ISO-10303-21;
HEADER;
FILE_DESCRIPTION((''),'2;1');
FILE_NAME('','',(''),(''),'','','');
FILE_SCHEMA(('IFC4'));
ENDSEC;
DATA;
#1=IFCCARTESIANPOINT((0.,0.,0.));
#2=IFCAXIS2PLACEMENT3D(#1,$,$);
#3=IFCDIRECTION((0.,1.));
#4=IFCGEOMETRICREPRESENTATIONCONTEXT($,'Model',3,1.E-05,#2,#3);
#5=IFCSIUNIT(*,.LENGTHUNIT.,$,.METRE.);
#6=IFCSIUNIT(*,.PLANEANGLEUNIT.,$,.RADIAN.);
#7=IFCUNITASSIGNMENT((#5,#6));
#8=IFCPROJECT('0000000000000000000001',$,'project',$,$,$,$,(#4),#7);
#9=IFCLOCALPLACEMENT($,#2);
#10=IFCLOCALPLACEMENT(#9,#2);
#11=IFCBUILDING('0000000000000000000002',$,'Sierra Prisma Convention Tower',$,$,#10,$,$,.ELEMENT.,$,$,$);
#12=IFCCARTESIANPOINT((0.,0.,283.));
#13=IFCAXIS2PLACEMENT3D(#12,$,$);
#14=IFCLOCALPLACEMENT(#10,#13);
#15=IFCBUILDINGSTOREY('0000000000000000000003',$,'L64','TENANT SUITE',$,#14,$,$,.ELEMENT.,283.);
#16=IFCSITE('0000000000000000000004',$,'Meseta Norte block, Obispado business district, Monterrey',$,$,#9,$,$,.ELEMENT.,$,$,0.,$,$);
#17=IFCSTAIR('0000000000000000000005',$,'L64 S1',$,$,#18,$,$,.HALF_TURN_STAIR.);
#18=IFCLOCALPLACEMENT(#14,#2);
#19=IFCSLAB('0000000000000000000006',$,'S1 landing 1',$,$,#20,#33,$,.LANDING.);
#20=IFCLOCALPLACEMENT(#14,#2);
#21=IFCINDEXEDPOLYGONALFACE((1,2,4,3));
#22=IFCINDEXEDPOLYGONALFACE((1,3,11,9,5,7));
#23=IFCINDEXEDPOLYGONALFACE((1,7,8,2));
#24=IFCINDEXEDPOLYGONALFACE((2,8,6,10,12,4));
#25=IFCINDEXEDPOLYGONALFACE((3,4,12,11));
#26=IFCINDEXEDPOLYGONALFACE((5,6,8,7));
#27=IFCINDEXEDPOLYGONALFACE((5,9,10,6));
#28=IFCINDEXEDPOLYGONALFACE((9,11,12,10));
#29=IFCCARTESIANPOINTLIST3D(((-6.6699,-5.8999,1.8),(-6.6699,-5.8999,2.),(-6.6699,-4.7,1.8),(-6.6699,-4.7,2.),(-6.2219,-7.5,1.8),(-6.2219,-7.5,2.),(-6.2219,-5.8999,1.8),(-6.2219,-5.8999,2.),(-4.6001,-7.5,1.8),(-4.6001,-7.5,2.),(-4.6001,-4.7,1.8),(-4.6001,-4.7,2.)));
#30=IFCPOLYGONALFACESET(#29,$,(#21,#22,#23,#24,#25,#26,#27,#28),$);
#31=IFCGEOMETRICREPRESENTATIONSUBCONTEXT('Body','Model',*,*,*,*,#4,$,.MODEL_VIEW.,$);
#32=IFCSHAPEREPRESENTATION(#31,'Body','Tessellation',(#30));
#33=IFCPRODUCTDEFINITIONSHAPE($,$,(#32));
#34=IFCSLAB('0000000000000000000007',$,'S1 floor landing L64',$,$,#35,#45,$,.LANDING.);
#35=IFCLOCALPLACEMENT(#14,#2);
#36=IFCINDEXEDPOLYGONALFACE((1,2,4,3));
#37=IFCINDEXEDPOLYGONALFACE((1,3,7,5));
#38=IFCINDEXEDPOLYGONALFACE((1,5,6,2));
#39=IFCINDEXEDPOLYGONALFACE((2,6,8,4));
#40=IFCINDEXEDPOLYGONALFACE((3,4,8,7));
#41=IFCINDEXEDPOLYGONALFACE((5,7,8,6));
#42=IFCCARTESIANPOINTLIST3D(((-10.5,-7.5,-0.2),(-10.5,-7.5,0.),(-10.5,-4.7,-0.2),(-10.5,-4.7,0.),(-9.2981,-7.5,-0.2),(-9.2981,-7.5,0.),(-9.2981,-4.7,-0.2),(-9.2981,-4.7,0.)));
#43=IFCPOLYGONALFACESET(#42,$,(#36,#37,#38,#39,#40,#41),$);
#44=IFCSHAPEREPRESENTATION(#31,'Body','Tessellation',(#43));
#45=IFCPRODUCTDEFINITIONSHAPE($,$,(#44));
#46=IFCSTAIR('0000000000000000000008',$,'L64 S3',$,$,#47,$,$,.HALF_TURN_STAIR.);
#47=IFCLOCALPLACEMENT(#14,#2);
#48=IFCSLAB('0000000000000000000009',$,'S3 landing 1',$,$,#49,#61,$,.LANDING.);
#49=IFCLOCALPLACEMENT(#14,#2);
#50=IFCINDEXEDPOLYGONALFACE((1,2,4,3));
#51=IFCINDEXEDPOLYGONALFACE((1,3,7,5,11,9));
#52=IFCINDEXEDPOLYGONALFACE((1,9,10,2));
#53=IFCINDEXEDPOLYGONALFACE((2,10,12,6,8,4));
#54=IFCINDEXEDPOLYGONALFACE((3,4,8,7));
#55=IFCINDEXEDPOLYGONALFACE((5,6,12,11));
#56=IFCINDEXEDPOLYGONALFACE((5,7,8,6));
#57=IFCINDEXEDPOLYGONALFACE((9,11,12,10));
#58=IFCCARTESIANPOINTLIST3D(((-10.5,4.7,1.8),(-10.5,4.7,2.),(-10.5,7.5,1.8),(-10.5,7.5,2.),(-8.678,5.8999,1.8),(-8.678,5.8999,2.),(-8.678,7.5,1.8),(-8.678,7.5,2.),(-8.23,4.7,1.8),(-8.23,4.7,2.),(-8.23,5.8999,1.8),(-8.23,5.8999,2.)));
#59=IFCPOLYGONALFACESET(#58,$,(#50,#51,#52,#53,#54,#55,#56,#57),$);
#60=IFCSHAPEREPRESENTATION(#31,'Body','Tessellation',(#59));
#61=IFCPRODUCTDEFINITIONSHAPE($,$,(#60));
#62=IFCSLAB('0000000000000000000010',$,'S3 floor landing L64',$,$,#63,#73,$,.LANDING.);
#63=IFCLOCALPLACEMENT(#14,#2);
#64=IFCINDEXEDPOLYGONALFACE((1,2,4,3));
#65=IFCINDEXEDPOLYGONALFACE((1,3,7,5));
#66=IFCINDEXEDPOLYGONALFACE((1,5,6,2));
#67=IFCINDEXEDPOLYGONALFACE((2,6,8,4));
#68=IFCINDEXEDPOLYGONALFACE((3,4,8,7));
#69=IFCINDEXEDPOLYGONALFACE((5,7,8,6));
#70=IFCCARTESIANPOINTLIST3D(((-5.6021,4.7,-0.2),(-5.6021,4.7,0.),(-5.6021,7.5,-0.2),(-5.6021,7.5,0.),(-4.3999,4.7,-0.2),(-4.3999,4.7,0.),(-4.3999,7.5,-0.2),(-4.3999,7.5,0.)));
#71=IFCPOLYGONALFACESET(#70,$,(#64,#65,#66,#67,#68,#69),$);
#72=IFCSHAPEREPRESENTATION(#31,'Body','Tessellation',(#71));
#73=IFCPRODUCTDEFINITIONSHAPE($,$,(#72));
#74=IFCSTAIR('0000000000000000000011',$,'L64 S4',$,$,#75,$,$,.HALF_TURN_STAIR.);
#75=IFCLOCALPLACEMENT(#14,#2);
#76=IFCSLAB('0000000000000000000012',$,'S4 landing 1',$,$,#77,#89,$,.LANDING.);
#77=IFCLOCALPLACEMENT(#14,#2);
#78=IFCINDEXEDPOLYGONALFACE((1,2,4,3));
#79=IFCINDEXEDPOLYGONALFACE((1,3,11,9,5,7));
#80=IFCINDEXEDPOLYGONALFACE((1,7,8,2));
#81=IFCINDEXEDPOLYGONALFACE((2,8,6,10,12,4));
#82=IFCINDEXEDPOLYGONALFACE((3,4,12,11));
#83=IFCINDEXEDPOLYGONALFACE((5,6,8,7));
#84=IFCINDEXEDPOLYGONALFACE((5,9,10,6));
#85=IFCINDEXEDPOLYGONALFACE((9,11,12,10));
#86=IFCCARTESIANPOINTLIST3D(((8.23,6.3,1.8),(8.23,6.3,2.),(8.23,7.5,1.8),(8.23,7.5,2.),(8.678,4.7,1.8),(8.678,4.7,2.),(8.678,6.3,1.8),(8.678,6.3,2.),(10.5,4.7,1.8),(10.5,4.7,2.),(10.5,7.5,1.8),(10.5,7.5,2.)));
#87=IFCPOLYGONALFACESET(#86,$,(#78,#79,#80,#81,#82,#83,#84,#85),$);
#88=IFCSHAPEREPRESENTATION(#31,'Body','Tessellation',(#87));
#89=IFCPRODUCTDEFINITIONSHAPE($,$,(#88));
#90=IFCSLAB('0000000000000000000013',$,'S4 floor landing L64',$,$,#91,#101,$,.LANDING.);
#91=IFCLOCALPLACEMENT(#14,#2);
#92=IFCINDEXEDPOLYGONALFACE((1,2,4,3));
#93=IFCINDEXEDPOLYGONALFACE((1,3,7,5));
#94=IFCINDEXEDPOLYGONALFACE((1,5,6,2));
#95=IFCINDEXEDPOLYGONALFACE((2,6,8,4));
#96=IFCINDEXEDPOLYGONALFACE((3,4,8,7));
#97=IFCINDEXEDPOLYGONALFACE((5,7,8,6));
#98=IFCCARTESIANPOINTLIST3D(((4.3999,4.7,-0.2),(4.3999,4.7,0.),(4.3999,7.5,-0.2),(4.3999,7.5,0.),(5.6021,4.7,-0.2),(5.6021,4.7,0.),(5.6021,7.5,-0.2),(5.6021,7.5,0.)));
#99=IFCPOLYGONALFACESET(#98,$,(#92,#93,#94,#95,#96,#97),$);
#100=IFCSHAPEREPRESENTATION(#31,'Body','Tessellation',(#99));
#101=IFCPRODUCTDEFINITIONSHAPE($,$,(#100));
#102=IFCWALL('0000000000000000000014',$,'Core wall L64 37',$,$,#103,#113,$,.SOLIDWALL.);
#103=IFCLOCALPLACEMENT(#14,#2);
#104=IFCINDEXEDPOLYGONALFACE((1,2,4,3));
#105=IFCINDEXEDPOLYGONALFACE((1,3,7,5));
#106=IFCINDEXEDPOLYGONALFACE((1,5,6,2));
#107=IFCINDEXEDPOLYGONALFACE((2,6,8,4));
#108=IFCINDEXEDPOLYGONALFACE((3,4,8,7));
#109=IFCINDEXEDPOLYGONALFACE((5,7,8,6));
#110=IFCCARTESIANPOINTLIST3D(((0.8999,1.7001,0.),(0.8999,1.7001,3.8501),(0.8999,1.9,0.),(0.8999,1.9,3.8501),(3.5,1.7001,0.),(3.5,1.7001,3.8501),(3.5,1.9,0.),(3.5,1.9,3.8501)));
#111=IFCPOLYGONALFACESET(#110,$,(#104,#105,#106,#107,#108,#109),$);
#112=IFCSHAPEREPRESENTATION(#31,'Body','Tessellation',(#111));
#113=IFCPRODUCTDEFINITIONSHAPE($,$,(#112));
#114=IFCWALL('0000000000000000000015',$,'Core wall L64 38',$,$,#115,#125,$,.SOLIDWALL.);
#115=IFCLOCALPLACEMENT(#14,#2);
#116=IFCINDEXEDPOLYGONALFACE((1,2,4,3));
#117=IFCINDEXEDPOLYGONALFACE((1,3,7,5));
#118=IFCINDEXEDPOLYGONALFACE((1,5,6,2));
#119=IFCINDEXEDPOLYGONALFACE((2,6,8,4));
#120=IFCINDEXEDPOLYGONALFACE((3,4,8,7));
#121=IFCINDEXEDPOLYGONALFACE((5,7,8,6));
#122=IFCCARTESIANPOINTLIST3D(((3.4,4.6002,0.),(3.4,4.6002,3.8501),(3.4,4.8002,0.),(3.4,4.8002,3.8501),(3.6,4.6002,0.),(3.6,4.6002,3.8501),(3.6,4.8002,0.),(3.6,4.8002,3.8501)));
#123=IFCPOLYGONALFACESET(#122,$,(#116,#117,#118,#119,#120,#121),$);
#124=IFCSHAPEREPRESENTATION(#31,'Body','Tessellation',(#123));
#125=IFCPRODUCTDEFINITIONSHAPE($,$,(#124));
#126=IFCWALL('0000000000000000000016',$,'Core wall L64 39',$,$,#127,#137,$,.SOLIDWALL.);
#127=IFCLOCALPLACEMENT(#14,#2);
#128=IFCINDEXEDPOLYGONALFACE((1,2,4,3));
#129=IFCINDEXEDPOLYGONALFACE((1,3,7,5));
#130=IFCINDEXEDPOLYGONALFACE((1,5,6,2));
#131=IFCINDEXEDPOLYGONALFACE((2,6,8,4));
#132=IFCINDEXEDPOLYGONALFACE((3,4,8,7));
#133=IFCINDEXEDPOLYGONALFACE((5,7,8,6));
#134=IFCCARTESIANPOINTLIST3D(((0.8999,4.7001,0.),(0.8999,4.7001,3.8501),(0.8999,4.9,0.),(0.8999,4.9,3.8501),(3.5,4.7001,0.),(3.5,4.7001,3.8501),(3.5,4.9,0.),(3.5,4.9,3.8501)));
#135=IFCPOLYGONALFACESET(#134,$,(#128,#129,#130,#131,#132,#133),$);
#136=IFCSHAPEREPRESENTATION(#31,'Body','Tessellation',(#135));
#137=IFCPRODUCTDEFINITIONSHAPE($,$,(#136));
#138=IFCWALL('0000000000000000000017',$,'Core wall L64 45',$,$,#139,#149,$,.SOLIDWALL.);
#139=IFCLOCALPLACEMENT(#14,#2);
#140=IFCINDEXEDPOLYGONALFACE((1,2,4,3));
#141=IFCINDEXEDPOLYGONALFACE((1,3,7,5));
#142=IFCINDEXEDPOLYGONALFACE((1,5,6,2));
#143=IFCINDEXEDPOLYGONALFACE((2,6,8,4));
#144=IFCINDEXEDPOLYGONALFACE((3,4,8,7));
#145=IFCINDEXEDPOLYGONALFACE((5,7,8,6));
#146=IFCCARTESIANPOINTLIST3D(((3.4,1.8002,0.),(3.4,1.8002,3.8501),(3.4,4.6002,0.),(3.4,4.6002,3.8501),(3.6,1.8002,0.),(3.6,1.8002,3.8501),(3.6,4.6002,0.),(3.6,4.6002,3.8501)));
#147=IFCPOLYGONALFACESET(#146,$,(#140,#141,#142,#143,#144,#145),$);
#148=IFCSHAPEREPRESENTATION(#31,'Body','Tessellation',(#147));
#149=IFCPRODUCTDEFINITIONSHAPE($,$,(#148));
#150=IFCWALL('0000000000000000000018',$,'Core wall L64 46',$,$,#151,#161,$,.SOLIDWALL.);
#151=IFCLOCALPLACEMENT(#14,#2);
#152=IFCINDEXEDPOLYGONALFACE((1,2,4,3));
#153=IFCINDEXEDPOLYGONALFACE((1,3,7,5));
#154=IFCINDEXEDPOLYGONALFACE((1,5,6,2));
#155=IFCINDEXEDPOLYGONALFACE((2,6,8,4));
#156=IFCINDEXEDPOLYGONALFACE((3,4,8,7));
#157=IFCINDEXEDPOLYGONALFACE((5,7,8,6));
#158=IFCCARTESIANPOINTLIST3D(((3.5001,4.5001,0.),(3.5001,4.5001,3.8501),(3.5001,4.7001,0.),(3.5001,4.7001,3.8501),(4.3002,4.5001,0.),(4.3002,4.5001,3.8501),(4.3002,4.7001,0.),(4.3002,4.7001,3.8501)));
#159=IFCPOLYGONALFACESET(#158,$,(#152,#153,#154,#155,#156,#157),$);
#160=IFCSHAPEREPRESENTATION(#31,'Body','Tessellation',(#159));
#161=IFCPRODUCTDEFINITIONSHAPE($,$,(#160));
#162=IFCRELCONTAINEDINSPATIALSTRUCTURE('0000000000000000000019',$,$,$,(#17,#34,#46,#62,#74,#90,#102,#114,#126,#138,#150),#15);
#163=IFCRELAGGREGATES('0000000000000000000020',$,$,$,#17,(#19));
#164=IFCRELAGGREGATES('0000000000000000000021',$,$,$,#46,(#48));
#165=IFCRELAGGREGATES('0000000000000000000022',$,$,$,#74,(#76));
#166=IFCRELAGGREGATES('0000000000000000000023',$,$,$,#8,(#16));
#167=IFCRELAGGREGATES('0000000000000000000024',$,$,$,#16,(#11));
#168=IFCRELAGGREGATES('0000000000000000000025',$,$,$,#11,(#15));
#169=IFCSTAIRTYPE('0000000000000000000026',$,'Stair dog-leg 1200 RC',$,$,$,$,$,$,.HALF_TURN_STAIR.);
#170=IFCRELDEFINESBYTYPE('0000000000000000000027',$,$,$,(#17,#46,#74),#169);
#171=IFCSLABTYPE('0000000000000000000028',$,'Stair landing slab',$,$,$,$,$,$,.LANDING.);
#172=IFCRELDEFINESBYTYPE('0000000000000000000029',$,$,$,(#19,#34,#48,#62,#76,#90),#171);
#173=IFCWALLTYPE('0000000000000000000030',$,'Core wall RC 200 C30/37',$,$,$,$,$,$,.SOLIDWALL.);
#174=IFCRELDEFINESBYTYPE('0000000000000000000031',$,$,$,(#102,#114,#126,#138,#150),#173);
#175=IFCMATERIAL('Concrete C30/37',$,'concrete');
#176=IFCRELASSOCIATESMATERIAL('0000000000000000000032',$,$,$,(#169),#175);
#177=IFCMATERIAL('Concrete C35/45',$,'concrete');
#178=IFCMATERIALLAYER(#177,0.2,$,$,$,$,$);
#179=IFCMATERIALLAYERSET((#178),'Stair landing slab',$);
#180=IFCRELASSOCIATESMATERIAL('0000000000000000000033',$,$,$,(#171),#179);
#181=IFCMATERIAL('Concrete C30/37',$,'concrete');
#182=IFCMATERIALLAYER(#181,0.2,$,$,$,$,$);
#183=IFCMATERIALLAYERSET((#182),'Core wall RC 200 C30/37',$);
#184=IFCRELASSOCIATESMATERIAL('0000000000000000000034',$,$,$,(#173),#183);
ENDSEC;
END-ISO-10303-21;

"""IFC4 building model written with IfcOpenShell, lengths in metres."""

from ifc_helpers import new_model, si_unit, direction, frame, frame_2d, origin, place, context, subcontext, project, spatial, polyline, rectangle, outline, extrude, material, layer, layer_set, type_object, element, aggregate, save


model = new_model("IFC4")

# Units and contexts
model_context = context("Model", 3, precision=1e-05, world=origin(), true_north=direction((0.0, 1.0)))
body_context = subcontext(model_context, "Body", "Model", "MODEL_VIEW")
ifc_project = project(units=[si_unit("LENGTHUNIT", "METRE"), si_unit("PLANEANGLEUNIT", "RADIAN")], contexts=[model_context])

# Site, building, storey
site_placement = place(None, origin())
site = spatial("IfcSite", under=ifc_project, at=site_placement, Name="Meseta Norte block, Obispado business district, Monterrey", CompositionType="ELEMENT", RefElevation=0.0)
building_placement = place(site_placement, origin())
building = spatial("IfcBuilding", under=site, at=building_placement, Name="Sierra Prisma Convention Tower", CompositionType="ELEMENT")
storey_placement = place(building_placement, frame((0.0, 0.0, 283.0)))
storey = spatial("IfcBuildingStorey", under=building, at=storey_placement, Name="L64", Description="TENANT SUITE", CompositionType="ELEMENT", Elevation=283.0)

# Stair, slab
ifc_material_1 = material(Name="Concrete C30/37", Category="concrete")
stair_type = type_object("IfcStairType", Name="Stair dog-leg 1200 RC", PredefinedType="HALF_TURN_STAIR", material=ifc_material_1)
stair_1_placement = place(storey_placement, origin())
stair_1 = element("IfcStair", 1, at=stair_1_placement, inside=storey, type_object=stair_type, Name="L64 S1", PredefinedType="HALF_TURN_STAIR")
ifc_material_2 = material(Name="Concrete C35/45", Category="concrete")
ifc_layer_1 = layer(ifc_material_2, 0.2)
ifc_layer_set_1 = layer_set([ifc_layer_1], Name="Stair landing slab")
slab_type = type_object("IfcSlabType", Name="Stair landing slab", PredefinedType="LANDING", material=ifc_layer_set_1)
slab_1_placement = place(storey_placement, frame((0.0, 0.0, 1.8)))
slab_1 = element("IfcSlab", 2, at=slab_1_placement, type_object=slab_type, Name="S1 landing 1", PredefinedType="LANDING", context=body_context, shape_type="SweptSolid", body=[
    extrude(outline(polyline([(-4.6001, -4.7), (-4.6001, -7.5), (-6.2219, -7.5), (-6.2219, -5.8999), (-6.6699, -5.8999), (-6.6699, -4.7), (-4.6001, -4.7)])), origin(), (0.0, 0.0, 1.0), 0.2),
])
aggregate(stair_1, [slab_1])

# Slab
slab_2_placement = place(storey_placement, frame((0.0, 0.0, -0.2)))
element("IfcSlab", 3, at=slab_2_placement, inside=storey, type_object=slab_type, Name="S1 floor landing L64", PredefinedType="LANDING", context=body_context, shape_type="SweptSolid", body=[
    extrude(outline(polyline([(-10.5, -7.5), (-9.2981, -7.5), (-9.2981, -4.7), (-10.5, -4.7), (-10.5, -7.5)])), origin(), (0.0, 0.0, 1.0), 0.2),
])

# Stair, slab
stair_2_placement = place(storey_placement, origin())
stair_2 = element("IfcStair", 4, at=stair_2_placement, inside=storey, type_object=stair_type, Name="L64 S3", PredefinedType="HALF_TURN_STAIR")
slab_3_placement = place(storey_placement, frame((0.0, 0.0, 1.8)))
slab_3 = element("IfcSlab", 5, at=slab_3_placement, type_object=slab_type, Name="S3 landing 1", PredefinedType="LANDING", context=body_context, shape_type="SweptSolid", body=[
    extrude(outline(polyline([(-8.23, 5.8999), (-8.23, 4.7), (-10.5, 4.7), (-10.5, 7.5), (-8.678, 7.5), (-8.678, 5.8999), (-8.23, 5.8999)])), origin(), (0.0, 0.0, 1.0), 0.2),
])
aggregate(stair_2, [slab_3])

# Slab
slab_4_placement = place(storey_placement, frame((0.0, 0.0, -0.2)))
element("IfcSlab", 6, at=slab_4_placement, inside=storey, type_object=slab_type, Name="S3 floor landing L64", PredefinedType="LANDING", context=body_context, shape_type="SweptSolid", body=[
    extrude(outline(polyline([(-4.3999, 7.5), (-5.6021, 7.5), (-5.6021, 4.7), (-4.3999, 4.7), (-4.3999, 7.5)])), origin(), (0.0, 0.0, 1.0), 0.2),
])

# Stair, slab
stair_3_placement = place(storey_placement, origin())
stair_3 = element("IfcStair", 7, at=stair_3_placement, inside=storey, type_object=stair_type, Name="L64 S4", PredefinedType="HALF_TURN_STAIR")
slab_5_placement = place(storey_placement, frame((0.0, 0.0, 1.8)))
slab_5 = element("IfcSlab", 8, at=slab_5_placement, type_object=slab_type, Name="S4 landing 1", PredefinedType="LANDING", context=body_context, shape_type="SweptSolid", body=[
    extrude(outline(polyline([(10.5, 7.5), (10.5, 4.7), (8.678, 4.7), (8.678, 6.3), (8.23, 6.3), (8.23, 7.5), (10.5, 7.5)])), origin(), (0.0, 0.0, 1.0), 0.2),
])
aggregate(stair_3, [slab_5])

# Slab
slab_6_placement = place(storey_placement, frame((0.0, 0.0, -0.2)))
element("IfcSlab", 9, at=slab_6_placement, inside=storey, type_object=slab_type, Name="S4 floor landing L64", PredefinedType="LANDING", context=body_context, shape_type="SweptSolid", body=[
    extrude(outline(polyline([(4.3999, 4.7), (5.6021, 4.7), (5.6021, 7.5), (4.3999, 7.5), (4.3999, 4.7)])), origin(), (0.0, 0.0, 1.0), 0.2),
])

# Shared definitions
ifc_material_3 = material(Name="Concrete C30/37", Category="concrete")
ifc_layer_2 = layer(ifc_material_3, 0.2)
ifc_layer_set_2 = layer_set([ifc_layer_2], Name="Core wall RC 200 C30/37")
wall_type = type_object("IfcWallType", Name="Core wall RC 200 C30/37", PredefinedType="SOLIDWALL", material=ifc_layer_set_2)

# Walls
wall_1_placement = place(storey_placement, frame((3.5, 1.8, 0.0), z_axis=(0.0, 0.0, 1.0), x_axis=(-1.0, 0.0, 0.0)))
element("IfcWall", 10, at=wall_1_placement, inside=storey, type_object=wall_type, Name="Core wall L64 37", PredefinedType="SOLIDWALL", context=body_context, shape_type="SweptSolid", body=[
    extrude(rectangle(XDim=2.6001, YDim=0.2, at=frame_2d((1.3, 0.0))), origin(), (0.0, 0.0, 1.0), 3.8501),
])
wall_2_placement = place(storey_placement, frame((3.5, 4.6001, 0.0), z_axis=(0.0, 0.0, 1.0), x_axis=(0.0, 1.0, 0.0)))
element("IfcWall", 11, at=wall_2_placement, inside=storey, type_object=wall_type, Name="Core wall L64 38", PredefinedType="SOLIDWALL", context=body_context, shape_type="SweptSolid", body=[
    extrude(rectangle(XDim=0.2, YDim=0.2, at=frame_2d((0.1001, 0.0))), origin(), (0.0, 0.0, 1.0), 3.8501),
])
wall_3_placement = place(storey_placement, frame((3.5, 4.8, 0.0), z_axis=(0.0, 0.0, 1.0), x_axis=(-1.0, 0.0, 0.0)))
element("IfcWall", 12, at=wall_3_placement, inside=storey, type_object=wall_type, Name="Core wall L64 39", PredefinedType="SOLIDWALL", context=body_context, shape_type="SweptSolid", body=[
    extrude(rectangle(XDim=2.6001, YDim=0.2, at=frame_2d((1.3, 0.0))), origin(), (0.0, 0.0, 1.0), 3.8501),
])

# Walls
wall_4_placement = place(storey_placement, frame((3.5, 4.6001, 0.0), z_axis=(0.0, 0.0, 1.0), x_axis=(0.0, -1.0, 0.0)))
element("IfcWall", 13, at=wall_4_placement, inside=storey, type_object=wall_type, Name="Core wall L64 45", PredefinedType="SOLIDWALL", context=body_context, shape_type="SweptSolid", body=[
    extrude(rectangle(XDim=2.8, YDim=0.2, at=frame_2d((1.3999, 0.0))), origin(), (0.0, 0.0, 1.0), 3.8501),
])
wall_5_placement = place(storey_placement, frame((4.3, 4.6001, 0.0), z_axis=(0.0, 0.0, 1.0), x_axis=(-1.0, 0.0, 0.0)))
element("IfcWall", 14, at=wall_5_placement, inside=storey, type_object=wall_type, Name="Core wall L64 46", PredefinedType="SOLIDWALL", context=body_context, shape_type="SweptSolid", body=[
    extrude(rectangle(XDim=0.8, YDim=0.2, at=frame_2d((0.3999, 0.0))), origin(), (0.0, 0.0, 1.0), 3.8501),
])

save(model, "model.ifc")
